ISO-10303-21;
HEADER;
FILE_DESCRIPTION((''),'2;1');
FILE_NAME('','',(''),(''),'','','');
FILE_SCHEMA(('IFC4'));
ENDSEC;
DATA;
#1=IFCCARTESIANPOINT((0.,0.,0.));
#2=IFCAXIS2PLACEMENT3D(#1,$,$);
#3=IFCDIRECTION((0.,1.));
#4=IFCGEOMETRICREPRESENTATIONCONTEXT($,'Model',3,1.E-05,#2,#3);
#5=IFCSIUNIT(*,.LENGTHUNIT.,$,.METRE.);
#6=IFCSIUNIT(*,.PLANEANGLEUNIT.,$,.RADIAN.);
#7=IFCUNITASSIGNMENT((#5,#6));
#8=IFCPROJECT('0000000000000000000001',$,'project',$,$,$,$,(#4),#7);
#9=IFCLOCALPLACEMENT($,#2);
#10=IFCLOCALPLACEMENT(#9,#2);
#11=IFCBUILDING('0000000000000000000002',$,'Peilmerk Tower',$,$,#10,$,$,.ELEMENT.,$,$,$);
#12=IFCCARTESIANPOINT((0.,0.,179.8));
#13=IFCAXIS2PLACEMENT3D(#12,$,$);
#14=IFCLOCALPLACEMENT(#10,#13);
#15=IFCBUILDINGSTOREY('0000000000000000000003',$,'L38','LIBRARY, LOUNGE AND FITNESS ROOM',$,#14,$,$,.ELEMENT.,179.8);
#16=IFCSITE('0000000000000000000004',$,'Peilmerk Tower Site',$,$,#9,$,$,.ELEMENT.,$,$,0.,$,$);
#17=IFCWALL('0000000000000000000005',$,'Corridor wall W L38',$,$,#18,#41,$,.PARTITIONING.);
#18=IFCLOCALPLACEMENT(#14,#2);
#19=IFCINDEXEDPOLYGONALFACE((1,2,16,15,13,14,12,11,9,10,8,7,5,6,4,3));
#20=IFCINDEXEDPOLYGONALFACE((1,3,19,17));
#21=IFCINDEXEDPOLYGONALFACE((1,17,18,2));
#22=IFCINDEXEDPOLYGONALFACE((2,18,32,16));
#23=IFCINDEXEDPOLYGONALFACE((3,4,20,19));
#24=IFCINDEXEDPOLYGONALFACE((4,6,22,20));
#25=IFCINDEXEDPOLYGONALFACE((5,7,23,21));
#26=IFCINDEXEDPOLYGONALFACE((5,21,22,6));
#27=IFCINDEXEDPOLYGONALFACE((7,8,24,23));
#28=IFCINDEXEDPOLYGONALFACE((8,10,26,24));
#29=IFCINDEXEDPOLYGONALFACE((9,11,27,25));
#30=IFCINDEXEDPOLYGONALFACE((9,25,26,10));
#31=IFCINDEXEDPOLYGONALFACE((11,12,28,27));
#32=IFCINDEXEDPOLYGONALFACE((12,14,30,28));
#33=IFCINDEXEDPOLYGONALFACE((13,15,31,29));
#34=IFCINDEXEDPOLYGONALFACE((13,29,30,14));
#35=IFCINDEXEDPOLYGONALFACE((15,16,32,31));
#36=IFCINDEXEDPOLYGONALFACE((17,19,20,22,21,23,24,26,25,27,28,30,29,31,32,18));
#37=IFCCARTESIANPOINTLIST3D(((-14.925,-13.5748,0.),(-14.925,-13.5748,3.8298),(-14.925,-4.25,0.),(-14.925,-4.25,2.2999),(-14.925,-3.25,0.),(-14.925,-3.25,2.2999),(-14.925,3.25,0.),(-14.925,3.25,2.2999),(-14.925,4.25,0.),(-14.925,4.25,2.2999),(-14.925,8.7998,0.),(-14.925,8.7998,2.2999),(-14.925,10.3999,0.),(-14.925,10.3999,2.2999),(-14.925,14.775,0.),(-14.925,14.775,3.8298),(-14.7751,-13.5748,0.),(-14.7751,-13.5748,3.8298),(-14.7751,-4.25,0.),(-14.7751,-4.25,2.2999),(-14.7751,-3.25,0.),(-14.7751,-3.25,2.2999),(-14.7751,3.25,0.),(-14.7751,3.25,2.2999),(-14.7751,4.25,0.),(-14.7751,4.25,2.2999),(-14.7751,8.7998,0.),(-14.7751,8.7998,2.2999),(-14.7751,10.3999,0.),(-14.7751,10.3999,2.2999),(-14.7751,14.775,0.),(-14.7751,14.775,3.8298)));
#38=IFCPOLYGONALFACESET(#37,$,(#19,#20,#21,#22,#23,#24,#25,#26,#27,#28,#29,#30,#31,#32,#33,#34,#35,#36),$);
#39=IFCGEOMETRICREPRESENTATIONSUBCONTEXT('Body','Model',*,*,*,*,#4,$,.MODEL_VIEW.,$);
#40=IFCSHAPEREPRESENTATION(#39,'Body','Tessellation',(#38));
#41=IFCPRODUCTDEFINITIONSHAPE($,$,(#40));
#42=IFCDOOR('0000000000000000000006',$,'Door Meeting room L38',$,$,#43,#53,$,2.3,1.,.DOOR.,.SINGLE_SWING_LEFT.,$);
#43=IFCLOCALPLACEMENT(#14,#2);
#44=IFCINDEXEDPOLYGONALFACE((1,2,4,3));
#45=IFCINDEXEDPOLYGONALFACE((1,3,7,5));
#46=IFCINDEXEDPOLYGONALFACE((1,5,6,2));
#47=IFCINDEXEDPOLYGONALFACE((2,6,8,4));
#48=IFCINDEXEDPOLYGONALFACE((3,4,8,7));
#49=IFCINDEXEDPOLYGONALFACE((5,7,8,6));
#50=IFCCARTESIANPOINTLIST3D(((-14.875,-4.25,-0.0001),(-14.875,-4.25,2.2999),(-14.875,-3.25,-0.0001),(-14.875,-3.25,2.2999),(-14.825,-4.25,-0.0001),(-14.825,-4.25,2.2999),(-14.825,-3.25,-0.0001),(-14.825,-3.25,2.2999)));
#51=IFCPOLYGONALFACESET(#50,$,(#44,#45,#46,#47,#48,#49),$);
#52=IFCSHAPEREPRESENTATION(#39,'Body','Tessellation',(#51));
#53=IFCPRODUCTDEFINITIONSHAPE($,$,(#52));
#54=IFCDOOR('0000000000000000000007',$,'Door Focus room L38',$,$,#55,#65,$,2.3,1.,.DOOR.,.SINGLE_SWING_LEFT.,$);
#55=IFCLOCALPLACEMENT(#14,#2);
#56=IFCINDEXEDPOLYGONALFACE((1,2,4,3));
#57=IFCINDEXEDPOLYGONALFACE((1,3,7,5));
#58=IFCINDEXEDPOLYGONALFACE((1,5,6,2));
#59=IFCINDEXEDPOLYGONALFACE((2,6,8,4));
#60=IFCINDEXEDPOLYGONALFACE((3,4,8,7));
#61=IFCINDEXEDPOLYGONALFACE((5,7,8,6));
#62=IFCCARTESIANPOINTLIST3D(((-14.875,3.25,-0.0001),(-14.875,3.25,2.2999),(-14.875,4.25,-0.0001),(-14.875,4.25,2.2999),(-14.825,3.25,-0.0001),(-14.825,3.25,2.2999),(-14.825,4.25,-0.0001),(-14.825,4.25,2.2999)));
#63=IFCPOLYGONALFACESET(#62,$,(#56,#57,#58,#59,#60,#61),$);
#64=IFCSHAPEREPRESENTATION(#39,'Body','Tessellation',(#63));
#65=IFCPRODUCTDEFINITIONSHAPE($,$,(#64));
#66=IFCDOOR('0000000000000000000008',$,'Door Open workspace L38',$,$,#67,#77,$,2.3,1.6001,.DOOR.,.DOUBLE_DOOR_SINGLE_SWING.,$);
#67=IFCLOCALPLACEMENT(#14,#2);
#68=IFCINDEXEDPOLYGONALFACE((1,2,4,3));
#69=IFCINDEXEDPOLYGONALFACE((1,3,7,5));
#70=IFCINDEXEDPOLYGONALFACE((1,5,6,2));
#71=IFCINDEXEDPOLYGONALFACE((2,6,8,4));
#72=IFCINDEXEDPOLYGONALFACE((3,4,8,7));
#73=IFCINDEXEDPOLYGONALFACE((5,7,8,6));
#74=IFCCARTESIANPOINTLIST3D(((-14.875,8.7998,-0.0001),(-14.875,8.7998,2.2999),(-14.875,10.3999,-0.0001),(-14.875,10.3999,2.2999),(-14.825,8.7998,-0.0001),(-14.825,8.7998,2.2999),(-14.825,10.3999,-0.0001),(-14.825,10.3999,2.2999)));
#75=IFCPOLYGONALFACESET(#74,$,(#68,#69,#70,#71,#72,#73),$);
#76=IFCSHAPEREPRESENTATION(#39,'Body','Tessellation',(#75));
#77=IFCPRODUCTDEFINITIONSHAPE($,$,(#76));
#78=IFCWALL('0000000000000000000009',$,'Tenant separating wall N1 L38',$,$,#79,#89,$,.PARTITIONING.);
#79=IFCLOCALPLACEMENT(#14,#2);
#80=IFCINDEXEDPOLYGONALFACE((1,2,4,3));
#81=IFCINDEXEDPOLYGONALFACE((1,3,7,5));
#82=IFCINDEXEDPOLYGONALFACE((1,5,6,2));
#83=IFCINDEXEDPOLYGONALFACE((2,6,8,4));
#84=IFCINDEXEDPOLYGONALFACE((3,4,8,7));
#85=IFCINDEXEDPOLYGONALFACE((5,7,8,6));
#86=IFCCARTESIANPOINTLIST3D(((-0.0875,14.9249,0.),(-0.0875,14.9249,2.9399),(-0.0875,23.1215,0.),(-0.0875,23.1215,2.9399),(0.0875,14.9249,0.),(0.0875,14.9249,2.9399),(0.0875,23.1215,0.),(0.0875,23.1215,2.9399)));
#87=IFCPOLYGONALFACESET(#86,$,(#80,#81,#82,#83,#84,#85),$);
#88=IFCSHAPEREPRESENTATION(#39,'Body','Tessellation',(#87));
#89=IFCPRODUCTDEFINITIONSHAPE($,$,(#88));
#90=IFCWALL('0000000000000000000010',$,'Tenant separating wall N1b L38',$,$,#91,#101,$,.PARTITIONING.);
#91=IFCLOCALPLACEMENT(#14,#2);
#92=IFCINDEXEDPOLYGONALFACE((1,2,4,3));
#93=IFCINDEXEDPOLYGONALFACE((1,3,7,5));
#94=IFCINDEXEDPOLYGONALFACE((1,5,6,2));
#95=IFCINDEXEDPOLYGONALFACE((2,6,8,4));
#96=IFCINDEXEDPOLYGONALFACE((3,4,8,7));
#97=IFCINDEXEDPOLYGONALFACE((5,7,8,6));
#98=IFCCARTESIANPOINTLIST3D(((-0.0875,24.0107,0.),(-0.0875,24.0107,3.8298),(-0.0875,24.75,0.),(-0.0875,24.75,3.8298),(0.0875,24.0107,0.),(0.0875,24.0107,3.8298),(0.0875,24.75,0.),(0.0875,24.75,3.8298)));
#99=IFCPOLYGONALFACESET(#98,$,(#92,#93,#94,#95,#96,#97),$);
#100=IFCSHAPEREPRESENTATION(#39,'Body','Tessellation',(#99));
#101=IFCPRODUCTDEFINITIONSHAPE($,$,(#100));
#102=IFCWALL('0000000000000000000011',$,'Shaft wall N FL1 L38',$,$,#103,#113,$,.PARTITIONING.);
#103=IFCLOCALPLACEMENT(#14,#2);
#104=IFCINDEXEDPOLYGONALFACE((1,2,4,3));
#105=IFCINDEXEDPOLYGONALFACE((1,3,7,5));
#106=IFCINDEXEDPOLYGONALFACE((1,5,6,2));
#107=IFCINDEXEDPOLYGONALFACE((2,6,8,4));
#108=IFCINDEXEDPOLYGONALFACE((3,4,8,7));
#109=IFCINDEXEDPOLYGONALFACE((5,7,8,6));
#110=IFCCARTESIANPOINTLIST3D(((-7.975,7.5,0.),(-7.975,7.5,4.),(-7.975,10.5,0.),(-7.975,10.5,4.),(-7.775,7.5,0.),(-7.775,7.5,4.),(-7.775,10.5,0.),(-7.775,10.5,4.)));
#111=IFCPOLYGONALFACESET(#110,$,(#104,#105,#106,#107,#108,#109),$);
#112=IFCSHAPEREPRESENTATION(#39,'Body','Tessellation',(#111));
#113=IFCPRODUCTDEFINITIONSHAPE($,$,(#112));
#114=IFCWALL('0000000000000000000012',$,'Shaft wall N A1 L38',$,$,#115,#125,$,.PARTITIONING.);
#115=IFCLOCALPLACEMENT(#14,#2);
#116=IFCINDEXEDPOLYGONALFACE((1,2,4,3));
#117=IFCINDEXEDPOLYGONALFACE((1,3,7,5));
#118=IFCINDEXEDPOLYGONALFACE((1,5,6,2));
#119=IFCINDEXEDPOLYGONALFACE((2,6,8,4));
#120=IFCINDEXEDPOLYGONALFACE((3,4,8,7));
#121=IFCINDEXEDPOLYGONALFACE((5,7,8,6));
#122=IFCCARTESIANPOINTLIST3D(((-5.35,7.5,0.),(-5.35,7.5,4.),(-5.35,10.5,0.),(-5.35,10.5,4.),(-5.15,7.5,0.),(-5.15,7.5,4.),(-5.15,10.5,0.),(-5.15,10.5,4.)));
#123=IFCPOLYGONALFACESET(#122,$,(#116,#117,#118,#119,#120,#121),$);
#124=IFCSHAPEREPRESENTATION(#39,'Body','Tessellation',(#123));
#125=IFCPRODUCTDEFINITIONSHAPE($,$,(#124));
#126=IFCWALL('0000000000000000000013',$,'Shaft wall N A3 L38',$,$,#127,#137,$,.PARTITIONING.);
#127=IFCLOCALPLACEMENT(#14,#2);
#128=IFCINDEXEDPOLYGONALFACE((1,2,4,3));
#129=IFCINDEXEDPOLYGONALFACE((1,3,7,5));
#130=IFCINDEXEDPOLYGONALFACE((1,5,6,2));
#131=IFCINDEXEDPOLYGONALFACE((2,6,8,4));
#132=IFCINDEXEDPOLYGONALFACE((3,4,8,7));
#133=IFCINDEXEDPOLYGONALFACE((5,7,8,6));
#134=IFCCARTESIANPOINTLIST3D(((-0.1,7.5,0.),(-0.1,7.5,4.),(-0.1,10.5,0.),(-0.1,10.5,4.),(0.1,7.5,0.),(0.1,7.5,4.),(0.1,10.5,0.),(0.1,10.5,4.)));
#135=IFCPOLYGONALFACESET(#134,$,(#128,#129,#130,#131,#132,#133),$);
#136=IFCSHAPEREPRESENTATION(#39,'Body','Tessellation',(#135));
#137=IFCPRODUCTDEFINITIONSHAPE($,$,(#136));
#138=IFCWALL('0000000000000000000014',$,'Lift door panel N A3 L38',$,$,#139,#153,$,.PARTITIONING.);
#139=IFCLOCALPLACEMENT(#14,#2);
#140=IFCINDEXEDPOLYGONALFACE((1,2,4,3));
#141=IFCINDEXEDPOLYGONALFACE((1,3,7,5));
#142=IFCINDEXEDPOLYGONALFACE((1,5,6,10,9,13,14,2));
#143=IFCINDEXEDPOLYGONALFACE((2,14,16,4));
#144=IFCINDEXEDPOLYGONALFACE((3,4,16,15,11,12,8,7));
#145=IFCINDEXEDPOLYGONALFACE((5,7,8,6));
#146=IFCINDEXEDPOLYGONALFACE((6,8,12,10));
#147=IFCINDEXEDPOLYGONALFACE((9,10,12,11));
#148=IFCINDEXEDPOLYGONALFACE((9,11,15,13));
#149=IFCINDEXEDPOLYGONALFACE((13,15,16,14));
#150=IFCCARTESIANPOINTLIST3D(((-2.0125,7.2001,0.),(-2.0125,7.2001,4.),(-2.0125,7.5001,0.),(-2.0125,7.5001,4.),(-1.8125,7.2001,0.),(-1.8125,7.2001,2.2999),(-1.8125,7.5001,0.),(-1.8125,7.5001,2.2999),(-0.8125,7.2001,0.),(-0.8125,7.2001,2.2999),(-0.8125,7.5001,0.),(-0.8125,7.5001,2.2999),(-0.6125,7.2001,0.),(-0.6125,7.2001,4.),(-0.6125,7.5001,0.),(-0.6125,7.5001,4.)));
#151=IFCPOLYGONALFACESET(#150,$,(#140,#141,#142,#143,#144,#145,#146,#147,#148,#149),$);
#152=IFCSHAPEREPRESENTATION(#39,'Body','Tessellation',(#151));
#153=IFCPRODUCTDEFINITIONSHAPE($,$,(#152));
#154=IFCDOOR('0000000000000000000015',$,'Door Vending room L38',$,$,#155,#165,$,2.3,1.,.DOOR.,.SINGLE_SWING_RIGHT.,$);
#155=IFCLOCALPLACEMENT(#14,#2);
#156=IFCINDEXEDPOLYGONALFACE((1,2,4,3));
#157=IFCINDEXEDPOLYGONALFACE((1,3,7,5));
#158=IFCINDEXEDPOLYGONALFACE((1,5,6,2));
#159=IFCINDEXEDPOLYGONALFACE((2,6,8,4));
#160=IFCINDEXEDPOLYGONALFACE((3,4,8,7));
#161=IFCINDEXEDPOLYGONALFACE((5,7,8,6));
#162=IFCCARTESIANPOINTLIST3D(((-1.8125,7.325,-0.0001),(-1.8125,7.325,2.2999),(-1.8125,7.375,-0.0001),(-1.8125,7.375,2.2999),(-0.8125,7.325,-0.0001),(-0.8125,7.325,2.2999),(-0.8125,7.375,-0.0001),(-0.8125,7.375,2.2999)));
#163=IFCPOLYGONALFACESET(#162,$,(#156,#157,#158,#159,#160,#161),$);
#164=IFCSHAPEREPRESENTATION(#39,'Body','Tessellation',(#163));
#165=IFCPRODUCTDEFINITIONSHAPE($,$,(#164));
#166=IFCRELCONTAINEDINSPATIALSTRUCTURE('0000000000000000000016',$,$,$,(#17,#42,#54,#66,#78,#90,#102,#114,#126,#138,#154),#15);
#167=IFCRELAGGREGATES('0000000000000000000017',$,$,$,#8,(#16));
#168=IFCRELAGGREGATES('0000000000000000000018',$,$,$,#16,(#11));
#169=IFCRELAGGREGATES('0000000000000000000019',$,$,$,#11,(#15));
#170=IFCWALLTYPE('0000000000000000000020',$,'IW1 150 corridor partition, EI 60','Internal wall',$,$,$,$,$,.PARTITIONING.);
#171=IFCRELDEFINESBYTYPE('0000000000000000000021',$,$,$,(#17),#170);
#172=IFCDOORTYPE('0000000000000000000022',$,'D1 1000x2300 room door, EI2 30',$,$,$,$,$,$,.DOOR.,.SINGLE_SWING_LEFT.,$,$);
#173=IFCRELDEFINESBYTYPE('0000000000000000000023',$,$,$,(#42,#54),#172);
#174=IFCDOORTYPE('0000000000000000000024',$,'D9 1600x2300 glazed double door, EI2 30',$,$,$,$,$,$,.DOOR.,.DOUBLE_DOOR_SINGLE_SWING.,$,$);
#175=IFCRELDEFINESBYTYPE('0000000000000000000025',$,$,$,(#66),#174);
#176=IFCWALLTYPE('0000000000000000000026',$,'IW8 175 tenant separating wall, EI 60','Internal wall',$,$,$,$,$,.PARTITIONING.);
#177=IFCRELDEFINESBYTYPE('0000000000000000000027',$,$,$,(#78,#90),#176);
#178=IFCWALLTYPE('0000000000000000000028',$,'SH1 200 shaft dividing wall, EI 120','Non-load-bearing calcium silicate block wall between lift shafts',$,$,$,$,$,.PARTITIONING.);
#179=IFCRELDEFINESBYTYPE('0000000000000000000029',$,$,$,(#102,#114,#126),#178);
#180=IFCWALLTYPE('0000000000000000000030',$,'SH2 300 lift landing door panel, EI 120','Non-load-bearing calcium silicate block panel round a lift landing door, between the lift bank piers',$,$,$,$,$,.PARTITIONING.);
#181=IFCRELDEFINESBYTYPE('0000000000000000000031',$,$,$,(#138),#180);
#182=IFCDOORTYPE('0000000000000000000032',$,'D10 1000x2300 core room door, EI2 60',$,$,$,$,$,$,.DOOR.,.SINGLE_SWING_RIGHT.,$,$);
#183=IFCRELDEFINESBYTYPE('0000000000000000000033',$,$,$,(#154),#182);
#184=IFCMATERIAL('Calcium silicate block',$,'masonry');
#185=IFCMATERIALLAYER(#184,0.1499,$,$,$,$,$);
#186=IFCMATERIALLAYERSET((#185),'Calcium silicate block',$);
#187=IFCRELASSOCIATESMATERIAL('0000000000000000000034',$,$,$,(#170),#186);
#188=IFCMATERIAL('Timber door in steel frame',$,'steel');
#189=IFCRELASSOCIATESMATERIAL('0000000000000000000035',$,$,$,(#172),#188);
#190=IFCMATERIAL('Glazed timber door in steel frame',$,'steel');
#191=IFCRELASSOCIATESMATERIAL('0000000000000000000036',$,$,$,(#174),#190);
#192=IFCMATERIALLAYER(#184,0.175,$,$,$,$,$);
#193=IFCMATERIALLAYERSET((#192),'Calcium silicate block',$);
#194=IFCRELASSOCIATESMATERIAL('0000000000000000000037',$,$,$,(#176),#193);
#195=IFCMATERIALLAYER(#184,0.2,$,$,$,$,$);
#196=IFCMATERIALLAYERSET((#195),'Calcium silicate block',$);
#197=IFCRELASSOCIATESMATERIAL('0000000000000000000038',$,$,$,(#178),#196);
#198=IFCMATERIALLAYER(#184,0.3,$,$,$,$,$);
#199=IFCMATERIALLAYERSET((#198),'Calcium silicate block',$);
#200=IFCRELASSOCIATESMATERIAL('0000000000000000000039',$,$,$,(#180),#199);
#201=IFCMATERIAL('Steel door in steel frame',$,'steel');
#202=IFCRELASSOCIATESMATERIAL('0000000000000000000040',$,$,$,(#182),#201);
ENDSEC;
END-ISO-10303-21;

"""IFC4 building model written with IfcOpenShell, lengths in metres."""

from ifc_helpers import new_model, si_unit, direction, frame, frame_2d, origin, place, context, subcontext, project, spatial, rectangle, extrude, material, layer, layer_set, type_object, element, fill, save


model = new_model("IFC4")

# Units and contexts
model_context = context("Model", 3, precision=1e-05, world=origin(), true_north=direction((0.0, 1.0)))
body_context = subcontext(model_context, "Body", "Model", "MODEL_VIEW")
ifc_project = project(units=[si_unit("LENGTHUNIT", "METRE"), si_unit("PLANEANGLEUNIT", "RADIAN")], contexts=[model_context])

# Site, building, storey
site_placement = place(None, origin())
site = spatial("IfcSite", under=ifc_project, at=site_placement, Name="Peilmerk Tower Site", CompositionType="ELEMENT", RefElevation=0.0)
building_placement = place(site_placement, origin())
building = spatial("IfcBuilding", under=site, at=building_placement, Name="Peilmerk Tower", CompositionType="ELEMENT")
storey_placement = place(building_placement, frame((0.0, 0.0, 179.8)))
storey = spatial("IfcBuildingStorey", under=building, at=storey_placement, Name="L38", Description="LIBRARY, LOUNGE AND FITNESS ROOM", CompositionType="ELEMENT", Elevation=179.8)

# Wall, openings, doors
ifc_material_1 = material(Name="Calcium silicate block", Category="masonry")
ifc_layer_1 = layer(ifc_material_1, 0.1499)
ifc_layer_set_1 = layer_set([ifc_layer_1], Name="Calcium silicate block")
wall_type_1 = type_object("IfcWallType", Name="IW1 150 corridor partition, EI 60", Description="Internal wall", PredefinedType="PARTITIONING", material=ifc_layer_set_1)
ifc_material_2 = material(Name="Timber door in steel frame", Category="steel")
door_type_1 = type_object("IfcDoorType", Name="D1 1000x2300 room door, EI2 30", OperationType="SINGLE_SWING_LEFT", PredefinedType="DOOR", material=ifc_material_2)
wall_1_placement = place(storey_placement, frame((-14.8501, 14.7749, 0.0), z_axis=(0.0, 0.0, 1.0), x_axis=(0.0, -1.0, 0.0)))
wall_1 = element("IfcWall", 1, at=wall_1_placement, inside=storey, type_object=wall_type_1, Name="Corridor wall W L38", PredefinedType="PARTITIONING", context=body_context, shape_type="SweptSolid", body=[
    extrude(rectangle(XDim=28.3499, YDim=0.1499, at=frame_2d((14.1748, 0.0))), origin(), (0.0, 0.0, 1.0), 3.8298),
])
opening_1_placement = place(wall_1_placement, frame((4.375, 0.0, 0.0)))
opening_1 = element("IfcOpeningElement", 2, at=opening_1_placement, cuts=wall_1, PredefinedType="OPENING", context=body_context, shape_type="SweptSolid", body=[
    extrude(rectangle(XDim=1.6001, YDim=2.3, at=frame_2d((0.8, 1.1499))), frame((0.0, 0.085, 0.0), z_axis=(0.0, -1.0, 0.0), x_axis=(1.0, 0.0, 0.0)), (0.0, 0.0, 1.0), 0.1699),
])
opening_2_placement = place(wall_1_placement, frame((18.0249, 0.0, 0.0)))
opening_2 = element("IfcOpeningElement", 3, at=opening_2_placement, cuts=wall_1, PredefinedType="OPENING", context=body_context, shape_type="SweptSolid", body=[
    extrude(rectangle(XDim=1.0, YDim=2.3, at=frame_2d((0.5, 1.1499))), frame((0.0, 0.085, 0.0), z_axis=(0.0, -1.0, 0.0), x_axis=(1.0, 0.0, 0.0)), (0.0, 0.0, 1.0), 0.1699),
])
opening_3_placement = place(wall_1_placement, frame((10.5249, 0.0, 0.0)))
opening_3 = element("IfcOpeningElement", 4, at=opening_3_placement, cuts=wall_1, PredefinedType="OPENING", context=body_context, shape_type="SweptSolid", body=[
    extrude(rectangle(XDim=1.0, YDim=2.3, at=frame_2d((0.5, 1.1499))), frame((0.0, 0.085, 0.0), z_axis=(0.0, -1.0, 0.0), x_axis=(1.0, 0.0, 0.0)), (0.0, 0.0, 1.0), 0.1699),
])
door_1_placement = place(opening_2_placement, frame((1.0, 0.0, 0.0), z_axis=(0.0, 0.0, 1.0), x_axis=(-1.0, 0.0, 0.0)))
door_1 = element("IfcDoor", 5, at=door_1_placement, inside=storey, type_object=door_type_1, Name="Door Meeting room L38", OperationType="SINGLE_SWING_LEFT", OverallHeight=2.3, OverallWidth=1.0, PredefinedType="DOOR", context=body_context, shape_type="SweptSolid", body=[
    extrude(rectangle(XDim=1.0, YDim=2.3, at=frame_2d((0.5, 1.1499))), frame((0.0, 0.0249, 0.0), z_axis=(0.0, -1.0, 0.0), x_axis=(1.0, 0.0, 0.0)), (0.0, 0.0, 1.0), 0.05),
])
fill(opening_2, door_1)
door_2_placement = place(opening_3_placement, frame((1.0, 0.0, 0.0), z_axis=(0.0, 0.0, 1.0), x_axis=(-1.0, 0.0, 0.0)))
door_2 = element("IfcDoor", 6, at=door_2_placement, inside=storey, type_object=door_type_1, Name="Door Focus room L38", OperationType="SINGLE_SWING_LEFT", OverallHeight=2.3, OverallWidth=1.0, PredefinedType="DOOR", context=body_context, shape_type="SweptSolid", body=[
    extrude(rectangle(XDim=1.0, YDim=2.3, at=frame_2d((0.5, 1.1499))), frame((0.0, 0.0249, 0.0), z_axis=(0.0, -1.0, 0.0), x_axis=(1.0, 0.0, 0.0)), (0.0, 0.0, 1.0), 0.05),
])
fill(opening_3, door_2)
ifc_material_3 = material(Name="Glazed timber door in steel frame", Category="steel")
door_type_2 = type_object("IfcDoorType", Name="D9 1600x2300 glazed double door, EI2 30", OperationType="DOUBLE_DOOR_SINGLE_SWING", PredefinedType="DOOR", material=ifc_material_3)
door_3_placement = place(opening_1_placement, frame((1.6001, 0.0, 0.0), z_axis=(0.0, 0.0, 1.0), x_axis=(-1.0, 0.0, 0.0)))
door_3 = element("IfcDoor", 7, at=door_3_placement, inside=storey, type_object=door_type_2, Name="Door Open workspace L38", OperationType="DOUBLE_DOOR_SINGLE_SWING", OverallHeight=2.3, OverallWidth=1.6001, PredefinedType="DOOR", context=body_context, shape_type="SweptSolid", body=[
    extrude(rectangle(XDim=1.6001, YDim=2.3, at=frame_2d((0.8, 1.1499))), frame((0.0, 0.0249, 0.0), z_axis=(0.0, -1.0, 0.0), x_axis=(1.0, 0.0, 0.0)), (0.0, 0.0, 1.0), 0.05),
])
fill(opening_1, door_3)

# Walls
ifc_layer_2 = layer(ifc_material_1, 0.175)
ifc_layer_set_2 = layer_set([ifc_layer_2], Name="Calcium silicate block")
wall_type_2 = type_object("IfcWallType", Name="IW8 175 tenant separating wall, EI 60", Description="Internal wall", PredefinedType="PARTITIONING", material=ifc_layer_set_2)
wall_2_placement = place(storey_placement, frame((0.0, 14.925, 0.0), z_axis=(0.0, 0.0, 1.0), x_axis=(0.0, 1.0, 0.0)))
element("IfcWall", 8, at=wall_2_placement, inside=storey, type_object=wall_type_2, Name="Tenant separating wall N1 L38", PredefinedType="PARTITIONING", context=body_context, shape_type="SweptSolid", body=[
    extrude(rectangle(XDim=8.1965, YDim=0.175, at=frame_2d((4.0981, 0.0))), origin(), (0.0, 0.0, 1.0), 2.9399),
])
wall_3_placement = place(storey_placement, frame((0.0, 24.0107, 0.0), z_axis=(0.0, 0.0, 1.0), x_axis=(0.0, 1.0, 0.0)))
element("IfcWall", 9, at=wall_3_placement, inside=storey, type_object=wall_type_2, Name="Tenant separating wall N1b L38", PredefinedType="PARTITIONING", context=body_context, shape_type="SweptSolid", body=[
    extrude(rectangle(XDim=0.7393, YDim=0.175, at=frame_2d((0.3696, 0.0))), origin(), (0.0, 0.0, 1.0), 3.8298),
])
ifc_layer_3 = layer(ifc_material_1, 0.2)
ifc_layer_set_3 = layer_set([ifc_layer_3], Name="Calcium silicate block")
wall_type_3 = type_object("IfcWallType", Name="SH1 200 shaft dividing wall, EI 120", Description="Non-load-bearing calcium silicate block wall between lift shafts", PredefinedType="PARTITIONING", material=ifc_layer_set_3)
for number, where, z_axis, x_axis, name in (
    (10, (-7.875, 7.5, 0.0), (0.0, 0.0, 1.0), (0.0, 1.0, 0.0), "Shaft wall N FL1 L38"),
    (11, (-5.25, 7.5, 0.0), (0.0, 0.0, 1.0), (0.0, 1.0, 0.0), "Shaft wall N A1 L38"),
    (12, (0.0, 7.5, 0.0), (0.0, 0.0, 1.0), (0.0, 1.0, 0.0), "Shaft wall N A3 L38"),
):
    element("IfcWall", number, at=place(storey_placement, frame(where, z_axis=z_axis, x_axis=x_axis)), inside=storey, type_object=wall_type_3, Name=name, PredefinedType="PARTITIONING", context=body_context, shape_type="SweptSolid", body=[
        extrude(rectangle(XDim=3.0, YDim=0.2, at=frame_2d((1.5, 0.0))), origin(), (0.0, 0.0, 1.0), 4.0),
    ])

# Wall, opening, door
ifc_layer_4 = layer(ifc_material_1, 0.3)
ifc_layer_set_4 = layer_set([ifc_layer_4], Name="Calcium silicate block")
wall_type_4 = type_object("IfcWallType", Name="SH2 300 lift landing door panel, EI 120", Description="Non-load-bearing calcium silicate block panel round a lift landing door, between the lift bank piers", PredefinedType="PARTITIONING", material=ifc_layer_set_4)
wall_4_placement = place(storey_placement, frame((-2.0125, 7.3501, 0.0), z_axis=(0.0, 0.0, 1.0), x_axis=(1.0, 0.0, 0.0)))
wall_4 = element("IfcWall", 13, at=wall_4_placement, inside=storey, type_object=wall_type_4, Name="Lift door panel N A3 L38", PredefinedType="PARTITIONING", context=body_context, shape_type="SweptSolid", body=[
    extrude(rectangle(XDim=1.3999, YDim=0.3, at=frame_2d((0.7, 0.0))), origin(), (0.0, 0.0, 1.0), 4.0),
])
opening_4_placement = place(wall_4_placement, frame((0.2, 0.0, 0.0)))
opening_4 = element("IfcOpeningElement", 14, at=opening_4_placement, cuts=wall_4, PredefinedType="OPENING", context=body_context, shape_type="SweptSolid", body=[
    extrude(rectangle(XDim=1.0, YDim=2.3, at=frame_2d((0.5, 1.1499))), frame((0.0, 0.1599, 0.0), z_axis=(0.0, -1.0, 0.0), x_axis=(1.0, 0.0, 0.0)), (0.0, 0.0, 1.0), 0.3201),
])
ifc_material_4 = material(Name="Steel door in steel frame", Category="steel")
door_type_3 = type_object("IfcDoorType", Name="D10 1000x2300 core room door, EI2 60", OperationType="SINGLE_SWING_RIGHT", PredefinedType="DOOR", material=ifc_material_4)
door_4_placement = place(opening_4_placement, origin())
door_4 = element("IfcDoor", 15, at=door_4_placement, inside=storey, type_object=door_type_3, Name="Door Vending room L38", OperationType="SINGLE_SWING_RIGHT", OverallHeight=2.3, OverallWidth=1.0, PredefinedType="DOOR", context=body_context, shape_type="SweptSolid", body=[
    extrude(rectangle(XDim=1.0, YDim=2.3, at=frame_2d((0.5, 1.1499))), frame((0.0, 0.0249, 0.0), z_axis=(0.0, -1.0, 0.0), x_axis=(1.0, 0.0, 0.0)), (0.0, 0.0, 1.0), 0.05),
])
fill(opening_4, door_4)

save(model, "model.ifc")
